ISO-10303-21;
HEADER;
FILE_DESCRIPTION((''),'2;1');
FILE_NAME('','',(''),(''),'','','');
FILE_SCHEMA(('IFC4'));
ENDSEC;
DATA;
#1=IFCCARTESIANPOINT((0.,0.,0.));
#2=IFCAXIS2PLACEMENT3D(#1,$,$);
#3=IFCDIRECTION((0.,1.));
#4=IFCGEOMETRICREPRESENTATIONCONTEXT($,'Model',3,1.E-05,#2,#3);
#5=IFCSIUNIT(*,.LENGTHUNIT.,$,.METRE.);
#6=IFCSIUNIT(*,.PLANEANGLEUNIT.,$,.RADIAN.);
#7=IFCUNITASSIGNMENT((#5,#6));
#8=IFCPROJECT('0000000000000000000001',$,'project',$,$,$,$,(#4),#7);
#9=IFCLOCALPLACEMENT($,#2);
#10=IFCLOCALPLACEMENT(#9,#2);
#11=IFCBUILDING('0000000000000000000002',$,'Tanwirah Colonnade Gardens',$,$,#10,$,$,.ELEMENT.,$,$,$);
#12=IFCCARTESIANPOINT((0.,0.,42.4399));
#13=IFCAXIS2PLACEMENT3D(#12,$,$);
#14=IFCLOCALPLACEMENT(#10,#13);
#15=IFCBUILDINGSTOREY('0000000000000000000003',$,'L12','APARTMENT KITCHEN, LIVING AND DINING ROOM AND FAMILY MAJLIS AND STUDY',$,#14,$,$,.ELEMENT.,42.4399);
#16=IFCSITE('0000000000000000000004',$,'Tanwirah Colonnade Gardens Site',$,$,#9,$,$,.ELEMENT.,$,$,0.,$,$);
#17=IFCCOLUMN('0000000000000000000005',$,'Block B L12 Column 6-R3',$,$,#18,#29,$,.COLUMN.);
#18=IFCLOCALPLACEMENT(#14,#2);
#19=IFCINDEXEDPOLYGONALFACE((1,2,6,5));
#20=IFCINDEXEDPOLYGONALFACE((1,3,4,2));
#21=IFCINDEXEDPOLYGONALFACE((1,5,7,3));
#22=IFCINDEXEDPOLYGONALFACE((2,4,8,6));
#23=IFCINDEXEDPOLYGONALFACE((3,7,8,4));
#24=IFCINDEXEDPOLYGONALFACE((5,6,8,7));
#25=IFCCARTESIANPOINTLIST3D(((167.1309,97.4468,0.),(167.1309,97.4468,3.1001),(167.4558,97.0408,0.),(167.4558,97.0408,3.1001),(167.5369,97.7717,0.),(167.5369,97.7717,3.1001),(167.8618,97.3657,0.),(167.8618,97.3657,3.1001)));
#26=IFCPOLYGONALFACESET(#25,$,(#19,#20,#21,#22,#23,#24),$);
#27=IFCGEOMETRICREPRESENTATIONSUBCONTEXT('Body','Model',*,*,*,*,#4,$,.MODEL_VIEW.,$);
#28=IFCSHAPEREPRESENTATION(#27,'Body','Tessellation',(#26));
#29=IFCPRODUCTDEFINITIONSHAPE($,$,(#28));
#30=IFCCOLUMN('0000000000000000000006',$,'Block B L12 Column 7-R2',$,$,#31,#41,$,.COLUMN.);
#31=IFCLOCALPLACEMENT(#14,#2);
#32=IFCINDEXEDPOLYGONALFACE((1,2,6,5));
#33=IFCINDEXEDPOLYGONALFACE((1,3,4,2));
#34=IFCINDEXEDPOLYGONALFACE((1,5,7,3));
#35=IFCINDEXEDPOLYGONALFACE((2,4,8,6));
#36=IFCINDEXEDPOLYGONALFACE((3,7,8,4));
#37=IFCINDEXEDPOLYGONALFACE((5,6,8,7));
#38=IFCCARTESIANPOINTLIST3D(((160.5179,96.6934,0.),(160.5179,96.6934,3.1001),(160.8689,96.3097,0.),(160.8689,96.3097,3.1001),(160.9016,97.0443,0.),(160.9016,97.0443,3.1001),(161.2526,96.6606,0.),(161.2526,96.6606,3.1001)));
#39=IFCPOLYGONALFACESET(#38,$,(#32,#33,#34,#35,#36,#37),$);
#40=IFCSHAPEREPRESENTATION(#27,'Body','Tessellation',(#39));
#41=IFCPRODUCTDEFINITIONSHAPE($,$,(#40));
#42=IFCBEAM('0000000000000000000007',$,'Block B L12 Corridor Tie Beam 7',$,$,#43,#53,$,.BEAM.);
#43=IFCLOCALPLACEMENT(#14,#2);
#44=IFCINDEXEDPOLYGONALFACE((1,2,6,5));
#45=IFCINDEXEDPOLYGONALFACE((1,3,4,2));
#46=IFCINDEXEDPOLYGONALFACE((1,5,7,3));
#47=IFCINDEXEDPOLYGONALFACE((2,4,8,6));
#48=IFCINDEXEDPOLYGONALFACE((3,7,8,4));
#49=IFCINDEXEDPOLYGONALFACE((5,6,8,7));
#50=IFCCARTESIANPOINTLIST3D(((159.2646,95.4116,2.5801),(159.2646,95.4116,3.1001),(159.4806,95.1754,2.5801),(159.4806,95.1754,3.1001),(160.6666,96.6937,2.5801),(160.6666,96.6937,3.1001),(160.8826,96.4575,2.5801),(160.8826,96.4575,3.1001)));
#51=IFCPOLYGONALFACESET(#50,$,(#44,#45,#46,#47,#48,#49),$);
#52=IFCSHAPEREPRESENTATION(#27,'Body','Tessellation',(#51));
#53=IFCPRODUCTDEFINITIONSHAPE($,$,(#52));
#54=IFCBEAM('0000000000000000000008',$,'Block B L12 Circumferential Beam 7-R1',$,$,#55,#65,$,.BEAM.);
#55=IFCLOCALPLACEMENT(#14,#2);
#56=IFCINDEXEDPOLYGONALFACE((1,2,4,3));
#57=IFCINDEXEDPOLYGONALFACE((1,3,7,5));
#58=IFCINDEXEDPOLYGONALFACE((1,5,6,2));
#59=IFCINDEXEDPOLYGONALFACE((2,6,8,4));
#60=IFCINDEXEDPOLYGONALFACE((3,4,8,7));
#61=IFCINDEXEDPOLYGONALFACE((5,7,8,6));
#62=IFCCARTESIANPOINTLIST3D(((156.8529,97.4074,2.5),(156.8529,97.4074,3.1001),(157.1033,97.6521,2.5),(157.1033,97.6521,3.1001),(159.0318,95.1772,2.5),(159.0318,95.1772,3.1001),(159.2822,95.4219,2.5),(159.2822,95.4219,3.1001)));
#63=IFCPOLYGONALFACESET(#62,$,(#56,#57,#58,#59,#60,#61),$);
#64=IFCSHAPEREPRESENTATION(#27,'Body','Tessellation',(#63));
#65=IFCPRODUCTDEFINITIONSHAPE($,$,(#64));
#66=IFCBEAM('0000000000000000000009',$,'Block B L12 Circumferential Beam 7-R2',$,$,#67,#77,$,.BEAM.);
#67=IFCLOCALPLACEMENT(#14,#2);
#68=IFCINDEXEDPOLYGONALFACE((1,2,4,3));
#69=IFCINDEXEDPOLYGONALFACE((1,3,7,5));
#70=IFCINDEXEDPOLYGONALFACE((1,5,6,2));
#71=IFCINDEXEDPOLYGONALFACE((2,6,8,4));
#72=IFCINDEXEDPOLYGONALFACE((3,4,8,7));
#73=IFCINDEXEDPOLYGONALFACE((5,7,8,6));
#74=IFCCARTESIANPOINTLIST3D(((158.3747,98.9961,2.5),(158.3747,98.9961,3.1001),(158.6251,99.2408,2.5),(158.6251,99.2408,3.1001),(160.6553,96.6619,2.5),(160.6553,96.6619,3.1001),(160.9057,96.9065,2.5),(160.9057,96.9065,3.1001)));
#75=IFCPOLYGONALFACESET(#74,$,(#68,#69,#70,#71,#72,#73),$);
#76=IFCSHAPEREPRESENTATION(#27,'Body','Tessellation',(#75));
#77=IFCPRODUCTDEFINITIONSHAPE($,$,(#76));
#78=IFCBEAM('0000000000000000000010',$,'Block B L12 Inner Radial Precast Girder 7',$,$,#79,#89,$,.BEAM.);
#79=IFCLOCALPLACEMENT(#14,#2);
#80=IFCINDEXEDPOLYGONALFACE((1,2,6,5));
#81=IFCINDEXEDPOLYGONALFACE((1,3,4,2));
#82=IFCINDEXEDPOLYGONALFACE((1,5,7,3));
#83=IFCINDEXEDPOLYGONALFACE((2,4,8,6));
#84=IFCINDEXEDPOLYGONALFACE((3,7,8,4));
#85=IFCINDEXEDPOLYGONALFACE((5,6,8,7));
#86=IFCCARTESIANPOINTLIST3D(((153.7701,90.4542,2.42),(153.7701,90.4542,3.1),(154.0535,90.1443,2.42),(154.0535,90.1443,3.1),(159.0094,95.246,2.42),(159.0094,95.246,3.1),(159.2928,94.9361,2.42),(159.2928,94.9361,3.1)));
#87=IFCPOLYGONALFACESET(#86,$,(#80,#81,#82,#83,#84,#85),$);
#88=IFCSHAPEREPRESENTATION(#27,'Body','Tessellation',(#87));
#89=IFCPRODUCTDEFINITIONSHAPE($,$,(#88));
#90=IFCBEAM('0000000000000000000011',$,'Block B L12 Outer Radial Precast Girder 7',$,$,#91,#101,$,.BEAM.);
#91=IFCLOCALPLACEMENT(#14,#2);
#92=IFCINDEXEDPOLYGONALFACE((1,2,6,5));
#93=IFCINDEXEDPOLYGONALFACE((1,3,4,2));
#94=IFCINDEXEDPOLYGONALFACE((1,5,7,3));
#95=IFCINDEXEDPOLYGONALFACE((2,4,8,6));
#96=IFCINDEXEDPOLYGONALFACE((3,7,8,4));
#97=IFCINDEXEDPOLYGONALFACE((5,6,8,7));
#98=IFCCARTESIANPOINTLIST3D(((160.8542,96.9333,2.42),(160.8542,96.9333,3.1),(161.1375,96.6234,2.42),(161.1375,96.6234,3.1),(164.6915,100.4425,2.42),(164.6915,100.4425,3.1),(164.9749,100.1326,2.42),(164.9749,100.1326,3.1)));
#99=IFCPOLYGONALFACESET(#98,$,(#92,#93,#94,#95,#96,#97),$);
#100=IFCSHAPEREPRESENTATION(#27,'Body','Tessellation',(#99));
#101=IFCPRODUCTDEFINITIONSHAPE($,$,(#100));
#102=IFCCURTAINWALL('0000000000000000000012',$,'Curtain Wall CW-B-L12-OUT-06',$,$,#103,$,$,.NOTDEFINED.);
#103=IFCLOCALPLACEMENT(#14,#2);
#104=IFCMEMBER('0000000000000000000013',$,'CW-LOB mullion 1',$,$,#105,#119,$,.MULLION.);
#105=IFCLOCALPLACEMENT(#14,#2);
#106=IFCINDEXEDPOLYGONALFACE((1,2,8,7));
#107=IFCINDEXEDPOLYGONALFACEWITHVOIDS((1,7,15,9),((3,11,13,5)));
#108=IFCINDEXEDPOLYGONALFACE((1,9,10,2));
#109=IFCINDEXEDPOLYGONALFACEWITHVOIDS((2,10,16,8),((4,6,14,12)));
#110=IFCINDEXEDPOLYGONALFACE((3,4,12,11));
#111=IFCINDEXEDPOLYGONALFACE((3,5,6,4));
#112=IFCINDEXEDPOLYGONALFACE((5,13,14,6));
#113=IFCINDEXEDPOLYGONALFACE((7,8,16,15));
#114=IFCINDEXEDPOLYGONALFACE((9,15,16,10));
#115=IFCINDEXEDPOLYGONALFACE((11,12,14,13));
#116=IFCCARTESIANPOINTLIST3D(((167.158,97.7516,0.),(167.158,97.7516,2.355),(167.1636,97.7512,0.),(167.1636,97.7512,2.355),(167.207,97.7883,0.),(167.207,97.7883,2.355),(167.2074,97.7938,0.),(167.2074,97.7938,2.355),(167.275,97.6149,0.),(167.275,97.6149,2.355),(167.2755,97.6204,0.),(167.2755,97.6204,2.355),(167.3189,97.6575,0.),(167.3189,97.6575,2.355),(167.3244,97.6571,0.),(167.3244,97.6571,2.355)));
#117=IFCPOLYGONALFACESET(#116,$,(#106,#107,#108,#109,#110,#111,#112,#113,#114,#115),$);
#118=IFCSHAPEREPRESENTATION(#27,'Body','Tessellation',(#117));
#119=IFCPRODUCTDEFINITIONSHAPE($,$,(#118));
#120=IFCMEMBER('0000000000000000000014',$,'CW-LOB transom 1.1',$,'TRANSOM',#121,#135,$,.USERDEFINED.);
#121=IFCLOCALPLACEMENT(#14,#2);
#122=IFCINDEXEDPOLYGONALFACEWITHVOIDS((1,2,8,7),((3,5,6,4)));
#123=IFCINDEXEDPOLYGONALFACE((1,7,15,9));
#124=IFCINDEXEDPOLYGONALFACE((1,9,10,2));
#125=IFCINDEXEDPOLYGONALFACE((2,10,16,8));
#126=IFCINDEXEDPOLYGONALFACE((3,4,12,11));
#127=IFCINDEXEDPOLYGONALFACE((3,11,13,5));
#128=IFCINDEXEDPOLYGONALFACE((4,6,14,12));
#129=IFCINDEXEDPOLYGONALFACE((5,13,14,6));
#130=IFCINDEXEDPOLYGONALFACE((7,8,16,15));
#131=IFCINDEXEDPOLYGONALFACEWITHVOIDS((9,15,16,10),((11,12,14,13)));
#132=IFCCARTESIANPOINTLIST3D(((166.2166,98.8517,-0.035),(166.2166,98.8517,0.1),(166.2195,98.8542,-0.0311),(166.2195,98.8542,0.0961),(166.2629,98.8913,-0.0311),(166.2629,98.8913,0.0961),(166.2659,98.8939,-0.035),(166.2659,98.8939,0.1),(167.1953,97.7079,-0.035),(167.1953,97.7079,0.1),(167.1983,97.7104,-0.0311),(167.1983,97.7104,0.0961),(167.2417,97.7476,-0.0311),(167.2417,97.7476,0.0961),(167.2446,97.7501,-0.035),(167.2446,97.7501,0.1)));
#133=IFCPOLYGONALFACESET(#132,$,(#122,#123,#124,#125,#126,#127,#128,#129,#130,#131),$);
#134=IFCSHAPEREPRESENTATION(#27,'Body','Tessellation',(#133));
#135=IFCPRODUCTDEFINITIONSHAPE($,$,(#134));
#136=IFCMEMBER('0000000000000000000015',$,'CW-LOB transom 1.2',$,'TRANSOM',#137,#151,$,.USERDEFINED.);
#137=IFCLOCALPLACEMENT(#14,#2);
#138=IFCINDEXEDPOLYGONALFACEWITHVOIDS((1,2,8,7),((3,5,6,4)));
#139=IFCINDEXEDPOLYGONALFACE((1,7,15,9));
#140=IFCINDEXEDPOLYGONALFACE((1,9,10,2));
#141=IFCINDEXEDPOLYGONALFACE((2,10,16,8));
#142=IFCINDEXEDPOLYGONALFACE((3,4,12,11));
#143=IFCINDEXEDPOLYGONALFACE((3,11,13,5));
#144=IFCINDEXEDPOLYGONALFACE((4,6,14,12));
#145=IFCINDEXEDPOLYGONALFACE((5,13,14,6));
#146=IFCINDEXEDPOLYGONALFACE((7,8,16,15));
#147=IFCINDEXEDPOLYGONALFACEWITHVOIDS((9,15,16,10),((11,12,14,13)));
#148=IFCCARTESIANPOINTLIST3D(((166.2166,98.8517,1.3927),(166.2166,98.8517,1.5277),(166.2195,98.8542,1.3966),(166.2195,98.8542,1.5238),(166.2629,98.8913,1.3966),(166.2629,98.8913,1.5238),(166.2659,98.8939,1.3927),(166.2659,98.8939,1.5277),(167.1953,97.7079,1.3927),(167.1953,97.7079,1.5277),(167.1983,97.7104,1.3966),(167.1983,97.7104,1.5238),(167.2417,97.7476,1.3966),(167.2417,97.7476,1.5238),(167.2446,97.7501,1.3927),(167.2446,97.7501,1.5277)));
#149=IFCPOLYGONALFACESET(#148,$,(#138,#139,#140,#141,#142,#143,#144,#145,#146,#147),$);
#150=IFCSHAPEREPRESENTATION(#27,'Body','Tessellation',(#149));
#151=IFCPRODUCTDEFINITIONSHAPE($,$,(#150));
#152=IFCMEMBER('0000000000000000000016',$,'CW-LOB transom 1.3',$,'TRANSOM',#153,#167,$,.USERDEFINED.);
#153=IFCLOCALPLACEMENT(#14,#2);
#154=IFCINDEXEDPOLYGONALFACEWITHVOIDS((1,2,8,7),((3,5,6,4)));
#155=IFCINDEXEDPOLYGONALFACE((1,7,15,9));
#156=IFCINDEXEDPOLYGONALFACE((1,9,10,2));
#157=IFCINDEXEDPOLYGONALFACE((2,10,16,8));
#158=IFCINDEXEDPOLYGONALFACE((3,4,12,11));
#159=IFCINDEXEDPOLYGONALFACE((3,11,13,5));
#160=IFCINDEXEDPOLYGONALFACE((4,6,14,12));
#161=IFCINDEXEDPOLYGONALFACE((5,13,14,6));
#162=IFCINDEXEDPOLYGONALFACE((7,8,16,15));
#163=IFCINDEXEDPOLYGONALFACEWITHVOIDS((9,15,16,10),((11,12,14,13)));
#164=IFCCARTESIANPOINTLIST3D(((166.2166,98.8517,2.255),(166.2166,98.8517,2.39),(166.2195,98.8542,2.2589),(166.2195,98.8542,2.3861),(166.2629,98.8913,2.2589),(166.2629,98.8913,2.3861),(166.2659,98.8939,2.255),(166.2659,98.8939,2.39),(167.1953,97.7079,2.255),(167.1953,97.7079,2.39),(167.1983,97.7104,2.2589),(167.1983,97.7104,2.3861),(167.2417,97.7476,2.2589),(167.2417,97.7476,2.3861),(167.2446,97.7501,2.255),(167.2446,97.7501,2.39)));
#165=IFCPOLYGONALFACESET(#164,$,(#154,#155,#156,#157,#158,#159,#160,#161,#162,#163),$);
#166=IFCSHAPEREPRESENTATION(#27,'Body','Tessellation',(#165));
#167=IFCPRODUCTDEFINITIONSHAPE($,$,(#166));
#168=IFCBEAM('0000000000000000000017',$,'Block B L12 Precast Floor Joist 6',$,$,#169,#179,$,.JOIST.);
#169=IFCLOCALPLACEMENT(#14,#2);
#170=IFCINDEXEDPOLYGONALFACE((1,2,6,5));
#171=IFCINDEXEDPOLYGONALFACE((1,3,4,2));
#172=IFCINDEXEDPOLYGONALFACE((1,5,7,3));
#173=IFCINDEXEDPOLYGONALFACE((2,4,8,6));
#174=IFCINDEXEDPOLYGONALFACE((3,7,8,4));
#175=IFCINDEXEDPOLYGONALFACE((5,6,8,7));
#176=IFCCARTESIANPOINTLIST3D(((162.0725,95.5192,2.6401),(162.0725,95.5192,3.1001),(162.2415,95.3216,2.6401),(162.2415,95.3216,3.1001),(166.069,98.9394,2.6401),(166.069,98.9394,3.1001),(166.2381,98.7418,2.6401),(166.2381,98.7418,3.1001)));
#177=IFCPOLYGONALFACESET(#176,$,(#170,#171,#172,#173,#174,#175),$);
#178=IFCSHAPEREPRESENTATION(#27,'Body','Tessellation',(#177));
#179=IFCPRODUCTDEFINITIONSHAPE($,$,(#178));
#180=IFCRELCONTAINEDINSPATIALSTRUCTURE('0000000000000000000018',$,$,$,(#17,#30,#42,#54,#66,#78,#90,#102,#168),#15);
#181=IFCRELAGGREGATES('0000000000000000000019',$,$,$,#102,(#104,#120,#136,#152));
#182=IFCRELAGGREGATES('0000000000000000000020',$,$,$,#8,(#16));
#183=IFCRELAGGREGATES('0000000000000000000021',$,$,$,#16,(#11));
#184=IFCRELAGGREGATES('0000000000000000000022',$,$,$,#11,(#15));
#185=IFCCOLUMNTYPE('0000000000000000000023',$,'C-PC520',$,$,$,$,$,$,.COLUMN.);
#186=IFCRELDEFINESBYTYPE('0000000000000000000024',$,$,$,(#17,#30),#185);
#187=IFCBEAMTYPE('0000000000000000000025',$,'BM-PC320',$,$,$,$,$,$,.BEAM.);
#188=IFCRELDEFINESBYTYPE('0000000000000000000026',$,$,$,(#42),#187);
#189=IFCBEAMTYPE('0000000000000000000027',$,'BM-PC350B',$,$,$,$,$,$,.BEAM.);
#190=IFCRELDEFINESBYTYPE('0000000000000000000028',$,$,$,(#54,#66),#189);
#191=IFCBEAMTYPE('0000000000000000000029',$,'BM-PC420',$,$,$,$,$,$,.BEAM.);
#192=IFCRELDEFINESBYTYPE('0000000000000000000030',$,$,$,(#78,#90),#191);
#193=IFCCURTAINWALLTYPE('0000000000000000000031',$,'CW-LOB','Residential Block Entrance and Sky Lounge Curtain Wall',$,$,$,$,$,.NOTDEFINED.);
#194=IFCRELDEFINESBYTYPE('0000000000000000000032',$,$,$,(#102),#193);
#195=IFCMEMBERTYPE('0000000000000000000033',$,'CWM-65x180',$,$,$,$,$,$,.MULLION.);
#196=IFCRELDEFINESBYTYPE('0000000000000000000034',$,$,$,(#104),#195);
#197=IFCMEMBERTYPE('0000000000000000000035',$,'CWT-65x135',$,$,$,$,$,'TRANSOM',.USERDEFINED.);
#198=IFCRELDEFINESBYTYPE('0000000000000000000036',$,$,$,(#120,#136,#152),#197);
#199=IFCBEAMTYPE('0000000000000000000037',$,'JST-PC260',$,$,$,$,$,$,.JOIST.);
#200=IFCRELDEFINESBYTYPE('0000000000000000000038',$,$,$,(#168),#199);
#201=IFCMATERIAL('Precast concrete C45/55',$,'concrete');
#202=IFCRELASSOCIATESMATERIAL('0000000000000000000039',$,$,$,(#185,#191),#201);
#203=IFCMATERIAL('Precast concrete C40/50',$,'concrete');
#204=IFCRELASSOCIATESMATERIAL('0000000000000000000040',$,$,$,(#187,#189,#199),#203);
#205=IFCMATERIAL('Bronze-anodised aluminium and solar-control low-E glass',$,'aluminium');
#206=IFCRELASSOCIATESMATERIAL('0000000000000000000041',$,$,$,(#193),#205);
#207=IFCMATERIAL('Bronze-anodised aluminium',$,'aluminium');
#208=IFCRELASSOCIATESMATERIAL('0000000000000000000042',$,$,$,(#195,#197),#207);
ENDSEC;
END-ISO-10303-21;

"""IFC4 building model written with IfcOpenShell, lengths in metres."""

from ifc_helpers import new_model, si_unit, direction, frame, origin, origin_2d, place, context, subcontext, project, spatial, rectangle, hollow_rectangle, extrude, material, material_profile, profile_set, type_object, element, aggregate, save


model = new_model("IFC4")

# Units and contexts
model_context = context("Model", 3, precision=1e-05, world=origin(), true_north=direction((0.0, 1.0)))
body_context = subcontext(model_context, "Body", "Model", "MODEL_VIEW")
ifc_project = project(units=[si_unit("LENGTHUNIT", "METRE"), si_unit("PLANEANGLEUNIT", "RADIAN")], contexts=[model_context])

# Site, building, storey
site_placement = place(None, origin())
site = spatial("IfcSite", under=ifc_project, at=site_placement, Name="Tanwirah Colonnade Gardens Site", CompositionType="ELEMENT", RefElevation=0.0)
building_placement = place(site_placement, origin())
building = spatial("IfcBuilding", under=site, at=building_placement, Name="Tanwirah Colonnade Gardens", CompositionType="ELEMENT")
storey_placement = place(building_placement, frame((0.0, 0.0, 42.4399)))
storey = spatial("IfcBuildingStorey", under=building, at=storey_placement, Name="L12", Description="APARTMENT KITCHEN, LIVING AND DINING ROOM AND FAMILY MAJLIS AND STUDY", CompositionType="ELEMENT", Elevation=42.4399)

# Columns
ifc_material_1 = material(Name="Precast concrete C45/55", Category="concrete")
ifc_material_profile_1 = material_profile(ifc_material_1, rectangle(XDim=0.52, YDim=0.52, at=origin_2d()), Name="PC-COL 520x520")
ifc_profile_set_1 = profile_set([ifc_material_profile_1], Name="Precast concrete C45/55")
column_type = type_object("IfcColumnType", Name="C-PC520", PredefinedType="COLUMN", material=ifc_profile_set_1)
for number, where, z_axis, x_axis, name in (
    (1, (167.4963, 97.4062, 0.0), (0.0, 0.0, 1.0), (0.780794, 0.624789, 0.0), "Block B L12 Column 6-R3"),
    (2, (160.8853, 96.677, 0.0), (0.0, 0.0, 1.0), (0.737932, 0.674875, 0.0), "Block B L12 Column 7-R2"),
):
    element("IfcColumn", number, at=place(storey_placement, frame(where, z_axis=z_axis, x_axis=x_axis)), inside=storey, type_object=column_type, Name=name, PredefinedType="COLUMN", context=body_context, shape_type="SweptSolid", body=[
        extrude(rectangle(XDim=0.52, YDim=0.52, at=origin_2d()), origin(), (0.0, 0.0, 1.0), 3.1001),
    ])

# Beams
ifc_material_2 = material(Name="Precast concrete C40/50", Category="concrete")
ifc_material_profile_2 = material_profile(ifc_material_2, rectangle(XDim=0.3201, YDim=0.52, at=origin_2d()), Name="PC-BM 320x520")
ifc_profile_set_2 = profile_set([ifc_material_profile_2], Name="Precast concrete C40/50")
beam_type_1 = type_object("IfcBeamType", Name="BM-PC320", PredefinedType="BEAM", material=ifc_profile_set_2)
beam_1_placement = place(storey_placement, frame((159.3726, 95.2935, 2.8401), z_axis=(0.737948, 0.674857, 0.0), x_axis=(-0.674857, 0.737948, 0.0)))
element("IfcBeam", 3, at=beam_1_placement, inside=storey, type_object=beam_type_1, Name="Block B L12 Corridor Tie Beam 7", PredefinedType="BEAM", context=body_context, shape_type="SweptSolid", body=[
    extrude(rectangle(XDim=0.3201, YDim=0.52, at=origin_2d()), origin(), (0.0, 0.0, 1.0), 1.8999),
])
ifc_material_profile_3 = material_profile(ifc_material_2, rectangle(XDim=0.3501, YDim=0.6001, at=origin_2d()), Name="PC-BM 350x600")
ifc_profile_set_3 = profile_set([ifc_material_profile_3], Name="Precast concrete C40/50")
beam_type_2 = type_object("IfcBeamType", Name="BM-PC350B", PredefinedType="BEAM", material=ifc_profile_set_3)
beam_2_placement = place(storey_placement, frame((159.157, 95.2996, 2.8), z_axis=(-0.698837, 0.715281, 0.0), x_axis=(-0.715281, -0.698837, 0.0)))
element("IfcBeam", 4, at=beam_2_placement, inside=storey, type_object=beam_type_2, Name="Block B L12 Circumferential Beam 7-R1", PredefinedType="BEAM", context=body_context, shape_type="SweptSolid", body=[
    extrude(rectangle(XDim=0.3501, YDim=0.6001, at=origin_2d()), origin(), (0.0, 0.0, 1.0), 3.1179),
])
beam_3_placement = place(storey_placement, frame((160.7805, 96.7842, 2.8), z_axis=(-0.698829, 0.715288, 0.0), x_axis=(-0.715288, -0.698829, 0.0)))
element("IfcBeam", 5, at=beam_3_placement, inside=storey, type_object=beam_type_2, Name="Block B L12 Circumferential Beam 7-R2", PredefinedType="BEAM", context=body_context, shape_type="SweptSolid", body=[
    extrude(rectangle(XDim=0.3501, YDim=0.6001, at=origin_2d()), origin(), (0.0, 0.0, 1.0), 3.2634),
])
ifc_material_profile_4 = material_profile(ifc_material_1, rectangle(XDim=0.4199, YDim=0.6799, at=origin_2d()), Name="PC-BM 420x680")
ifc_profile_set_4 = profile_set([ifc_material_profile_4], Name="Precast concrete C45/55")
beam_type_3 = type_object("IfcBeamType", Name="BM-PC420", PredefinedType="BEAM", material=ifc_profile_set_4)
beam_4_placement = place(storey_placement, frame((159.1511, 95.0911, 2.76), z_axis=(-0.737919, -0.67489, 0.0), x_axis=(0.67489, -0.737919, 0.0)))
element("IfcBeam", 6, at=beam_4_placement, inside=storey, type_object=beam_type_3, Name="Block B L12 Inner Radial Precast Girder 7", PredefinedType="BEAM", context=body_context, shape_type="SweptSolid", body=[
    extrude(rectangle(XDim=0.4199, YDim=0.6799, at=origin_2d()), origin(), (0.0, 0.0, 1.0), 7.1001),
])
beam_5_placement = place(storey_placement, frame((160.9958, 96.7783, 2.76), z_axis=(0.737953, 0.674852, 0.0), x_axis=(-0.674852, 0.737953, 0.0)))
element("IfcBeam", 7, at=beam_5_placement, inside=storey, type_object=beam_type_3, Name="Block B L12 Outer Radial Precast Girder 7", PredefinedType="BEAM", context=body_context, shape_type="SweptSolid", body=[
    extrude(rectangle(XDim=0.4199, YDim=0.6799, at=origin_2d()), origin(), (0.0, 0.0, 1.0), 5.2),
])

# Curtain wall, members
ifc_material_3 = material(Name="Bronze-anodised aluminium and solar-control low-E glass", Category="aluminium")
curtain_wall_type = type_object("IfcCurtainWallType", Name="CW-LOB", Description="Residential Block Entrance and Sky Lounge Curtain Wall", PredefinedType="NOTDEFINED", material=ifc_material_3)
curtain_wall_placement = place(storey_placement, origin())
curtain_wall = element("IfcCurtainWall", 8, at=curtain_wall_placement, inside=storey, type_object=curtain_wall_type, Name="Curtain Wall CW-B-L12-OUT-06", PredefinedType="NOTDEFINED")
ifc_material_4 = material(Name="Bronze-anodised aluminium", Category="aluminium")
ifc_material_profile_5 = material_profile(ifc_material_4, hollow_rectangle(XDim=0.0649, YDim=0.1799, WallThickness=0.0039, at=origin_2d()), Name="CW-MUL 65x180x4")
ifc_profile_set_5 = profile_set([ifc_material_profile_5], Name="Bronze-anodised aluminium")
member_type_1 = type_object("IfcMemberType", Name="CWM-65x180", PredefinedType="MULLION", material=ifc_profile_set_5)
member_1_placement = place(storey_placement, frame((167.2412, 97.7043, 0.0), z_axis=(0.0, 0.0, 1.0), x_axis=(-0.759775, -0.650186, 0.0)))
member_1 = element("IfcMember", 9, at=member_1_placement, type_object=member_type_1, Name="CW-LOB mullion 1", PredefinedType="MULLION", context=body_context, shape_type="SweptSolid", body=[
    extrude(hollow_rectangle(XDim=0.0649, YDim=0.1799, WallThickness=0.0039, at=origin_2d()), origin(), (0.0, 0.0, 1.0), 2.355),
])
ifc_material_profile_6 = material_profile(ifc_material_4, hollow_rectangle(XDim=0.0649, YDim=0.135, WallThickness=0.0039, at=origin_2d()), Name="CW-TRN 65x135x4")
ifc_profile_set_6 = profile_set([ifc_material_profile_6], Name="Bronze-anodised aluminium")
member_type_2 = type_object("IfcMemberType", Name="CWT-65x135", ElementType="TRANSOM", PredefinedType="USERDEFINED", material=ifc_profile_set_6)
member_2_placement = place(storey_placement, frame((167.22, 97.729, 0.0325), z_axis=(-0.650163, 0.759794, 0.0), x_axis=(-0.759794, -0.650163, 0.0)))
member_2 = element("IfcMember", 10, at=member_2_placement, type_object=member_type_2, Name="CW-LOB transom 1.1", ObjectType="TRANSOM", PredefinedType="USERDEFINED", context=body_context, shape_type="SweptSolid", body=[
    extrude(hollow_rectangle(XDim=0.0649, YDim=0.135, WallThickness=0.0039, at=origin_2d()), origin(), (0.0, 0.0, 1.0), 1.5054),
])
member_3_placement = place(storey_placement, frame((167.22, 97.729, 1.4602), z_axis=(-0.650163, 0.759794, 0.0), x_axis=(-0.759794, -0.650163, 0.0)))
member_3 = element("IfcMember", 11, at=member_3_placement, type_object=member_type_2, Name="CW-LOB transom 1.2", ObjectType="TRANSOM", PredefinedType="USERDEFINED", context=body_context, shape_type="SweptSolid", body=[
    extrude(hollow_rectangle(XDim=0.0649, YDim=0.135, WallThickness=0.0039, at=origin_2d()), origin(), (0.0, 0.0, 1.0), 1.5054),
])
member_4_placement = place(storey_placement, frame((167.22, 97.729, 2.3225), z_axis=(-0.650163, 0.759794, 0.0), x_axis=(-0.759794, -0.650163, 0.0)))
member_4 = element("IfcMember", 12, at=member_4_placement, type_object=member_type_2, Name="CW-LOB transom 1.3", ObjectType="TRANSOM", PredefinedType="USERDEFINED", context=body_context, shape_type="SweptSolid", body=[
    extrude(hollow_rectangle(XDim=0.0649, YDim=0.135, WallThickness=0.0039, at=origin_2d()), origin(), (0.0, 0.0, 1.0), 1.5054),
])
aggregate(curtain_wall, [member_1, member_2, member_3, member_4])

# Beam
ifc_material_profile_7 = material_profile(ifc_material_2, rectangle(XDim=0.26, YDim=0.46, at=origin_2d()), Name="PC-JST 260x460")
ifc_profile_set_7 = profile_set([ifc_material_profile_7], Name="Precast concrete C40/50")
beam_type_4 = type_object("IfcBeamType", Name="JST-PC260", PredefinedType="JOIST", material=ifc_profile_set_7)
beam_6_placement = place(storey_placement, frame((162.157, 95.4204, 2.8701), z_axis=(0.759771, 0.650191, 0.0), x_axis=(-0.650191, 0.759771, 0.0)))
element("IfcBeam", 13, at=beam_6_placement, inside=storey, type_object=beam_type_4, Name="Block B L12 Precast Floor Joist 6", PredefinedType="JOIST", context=body_context, shape_type="SweptSolid", body=[
    extrude(rectangle(XDim=0.26, YDim=0.46, at=origin_2d()), origin(), (0.0, 0.0, 1.0), 5.2603),
])

save(model, "model.ifc")
